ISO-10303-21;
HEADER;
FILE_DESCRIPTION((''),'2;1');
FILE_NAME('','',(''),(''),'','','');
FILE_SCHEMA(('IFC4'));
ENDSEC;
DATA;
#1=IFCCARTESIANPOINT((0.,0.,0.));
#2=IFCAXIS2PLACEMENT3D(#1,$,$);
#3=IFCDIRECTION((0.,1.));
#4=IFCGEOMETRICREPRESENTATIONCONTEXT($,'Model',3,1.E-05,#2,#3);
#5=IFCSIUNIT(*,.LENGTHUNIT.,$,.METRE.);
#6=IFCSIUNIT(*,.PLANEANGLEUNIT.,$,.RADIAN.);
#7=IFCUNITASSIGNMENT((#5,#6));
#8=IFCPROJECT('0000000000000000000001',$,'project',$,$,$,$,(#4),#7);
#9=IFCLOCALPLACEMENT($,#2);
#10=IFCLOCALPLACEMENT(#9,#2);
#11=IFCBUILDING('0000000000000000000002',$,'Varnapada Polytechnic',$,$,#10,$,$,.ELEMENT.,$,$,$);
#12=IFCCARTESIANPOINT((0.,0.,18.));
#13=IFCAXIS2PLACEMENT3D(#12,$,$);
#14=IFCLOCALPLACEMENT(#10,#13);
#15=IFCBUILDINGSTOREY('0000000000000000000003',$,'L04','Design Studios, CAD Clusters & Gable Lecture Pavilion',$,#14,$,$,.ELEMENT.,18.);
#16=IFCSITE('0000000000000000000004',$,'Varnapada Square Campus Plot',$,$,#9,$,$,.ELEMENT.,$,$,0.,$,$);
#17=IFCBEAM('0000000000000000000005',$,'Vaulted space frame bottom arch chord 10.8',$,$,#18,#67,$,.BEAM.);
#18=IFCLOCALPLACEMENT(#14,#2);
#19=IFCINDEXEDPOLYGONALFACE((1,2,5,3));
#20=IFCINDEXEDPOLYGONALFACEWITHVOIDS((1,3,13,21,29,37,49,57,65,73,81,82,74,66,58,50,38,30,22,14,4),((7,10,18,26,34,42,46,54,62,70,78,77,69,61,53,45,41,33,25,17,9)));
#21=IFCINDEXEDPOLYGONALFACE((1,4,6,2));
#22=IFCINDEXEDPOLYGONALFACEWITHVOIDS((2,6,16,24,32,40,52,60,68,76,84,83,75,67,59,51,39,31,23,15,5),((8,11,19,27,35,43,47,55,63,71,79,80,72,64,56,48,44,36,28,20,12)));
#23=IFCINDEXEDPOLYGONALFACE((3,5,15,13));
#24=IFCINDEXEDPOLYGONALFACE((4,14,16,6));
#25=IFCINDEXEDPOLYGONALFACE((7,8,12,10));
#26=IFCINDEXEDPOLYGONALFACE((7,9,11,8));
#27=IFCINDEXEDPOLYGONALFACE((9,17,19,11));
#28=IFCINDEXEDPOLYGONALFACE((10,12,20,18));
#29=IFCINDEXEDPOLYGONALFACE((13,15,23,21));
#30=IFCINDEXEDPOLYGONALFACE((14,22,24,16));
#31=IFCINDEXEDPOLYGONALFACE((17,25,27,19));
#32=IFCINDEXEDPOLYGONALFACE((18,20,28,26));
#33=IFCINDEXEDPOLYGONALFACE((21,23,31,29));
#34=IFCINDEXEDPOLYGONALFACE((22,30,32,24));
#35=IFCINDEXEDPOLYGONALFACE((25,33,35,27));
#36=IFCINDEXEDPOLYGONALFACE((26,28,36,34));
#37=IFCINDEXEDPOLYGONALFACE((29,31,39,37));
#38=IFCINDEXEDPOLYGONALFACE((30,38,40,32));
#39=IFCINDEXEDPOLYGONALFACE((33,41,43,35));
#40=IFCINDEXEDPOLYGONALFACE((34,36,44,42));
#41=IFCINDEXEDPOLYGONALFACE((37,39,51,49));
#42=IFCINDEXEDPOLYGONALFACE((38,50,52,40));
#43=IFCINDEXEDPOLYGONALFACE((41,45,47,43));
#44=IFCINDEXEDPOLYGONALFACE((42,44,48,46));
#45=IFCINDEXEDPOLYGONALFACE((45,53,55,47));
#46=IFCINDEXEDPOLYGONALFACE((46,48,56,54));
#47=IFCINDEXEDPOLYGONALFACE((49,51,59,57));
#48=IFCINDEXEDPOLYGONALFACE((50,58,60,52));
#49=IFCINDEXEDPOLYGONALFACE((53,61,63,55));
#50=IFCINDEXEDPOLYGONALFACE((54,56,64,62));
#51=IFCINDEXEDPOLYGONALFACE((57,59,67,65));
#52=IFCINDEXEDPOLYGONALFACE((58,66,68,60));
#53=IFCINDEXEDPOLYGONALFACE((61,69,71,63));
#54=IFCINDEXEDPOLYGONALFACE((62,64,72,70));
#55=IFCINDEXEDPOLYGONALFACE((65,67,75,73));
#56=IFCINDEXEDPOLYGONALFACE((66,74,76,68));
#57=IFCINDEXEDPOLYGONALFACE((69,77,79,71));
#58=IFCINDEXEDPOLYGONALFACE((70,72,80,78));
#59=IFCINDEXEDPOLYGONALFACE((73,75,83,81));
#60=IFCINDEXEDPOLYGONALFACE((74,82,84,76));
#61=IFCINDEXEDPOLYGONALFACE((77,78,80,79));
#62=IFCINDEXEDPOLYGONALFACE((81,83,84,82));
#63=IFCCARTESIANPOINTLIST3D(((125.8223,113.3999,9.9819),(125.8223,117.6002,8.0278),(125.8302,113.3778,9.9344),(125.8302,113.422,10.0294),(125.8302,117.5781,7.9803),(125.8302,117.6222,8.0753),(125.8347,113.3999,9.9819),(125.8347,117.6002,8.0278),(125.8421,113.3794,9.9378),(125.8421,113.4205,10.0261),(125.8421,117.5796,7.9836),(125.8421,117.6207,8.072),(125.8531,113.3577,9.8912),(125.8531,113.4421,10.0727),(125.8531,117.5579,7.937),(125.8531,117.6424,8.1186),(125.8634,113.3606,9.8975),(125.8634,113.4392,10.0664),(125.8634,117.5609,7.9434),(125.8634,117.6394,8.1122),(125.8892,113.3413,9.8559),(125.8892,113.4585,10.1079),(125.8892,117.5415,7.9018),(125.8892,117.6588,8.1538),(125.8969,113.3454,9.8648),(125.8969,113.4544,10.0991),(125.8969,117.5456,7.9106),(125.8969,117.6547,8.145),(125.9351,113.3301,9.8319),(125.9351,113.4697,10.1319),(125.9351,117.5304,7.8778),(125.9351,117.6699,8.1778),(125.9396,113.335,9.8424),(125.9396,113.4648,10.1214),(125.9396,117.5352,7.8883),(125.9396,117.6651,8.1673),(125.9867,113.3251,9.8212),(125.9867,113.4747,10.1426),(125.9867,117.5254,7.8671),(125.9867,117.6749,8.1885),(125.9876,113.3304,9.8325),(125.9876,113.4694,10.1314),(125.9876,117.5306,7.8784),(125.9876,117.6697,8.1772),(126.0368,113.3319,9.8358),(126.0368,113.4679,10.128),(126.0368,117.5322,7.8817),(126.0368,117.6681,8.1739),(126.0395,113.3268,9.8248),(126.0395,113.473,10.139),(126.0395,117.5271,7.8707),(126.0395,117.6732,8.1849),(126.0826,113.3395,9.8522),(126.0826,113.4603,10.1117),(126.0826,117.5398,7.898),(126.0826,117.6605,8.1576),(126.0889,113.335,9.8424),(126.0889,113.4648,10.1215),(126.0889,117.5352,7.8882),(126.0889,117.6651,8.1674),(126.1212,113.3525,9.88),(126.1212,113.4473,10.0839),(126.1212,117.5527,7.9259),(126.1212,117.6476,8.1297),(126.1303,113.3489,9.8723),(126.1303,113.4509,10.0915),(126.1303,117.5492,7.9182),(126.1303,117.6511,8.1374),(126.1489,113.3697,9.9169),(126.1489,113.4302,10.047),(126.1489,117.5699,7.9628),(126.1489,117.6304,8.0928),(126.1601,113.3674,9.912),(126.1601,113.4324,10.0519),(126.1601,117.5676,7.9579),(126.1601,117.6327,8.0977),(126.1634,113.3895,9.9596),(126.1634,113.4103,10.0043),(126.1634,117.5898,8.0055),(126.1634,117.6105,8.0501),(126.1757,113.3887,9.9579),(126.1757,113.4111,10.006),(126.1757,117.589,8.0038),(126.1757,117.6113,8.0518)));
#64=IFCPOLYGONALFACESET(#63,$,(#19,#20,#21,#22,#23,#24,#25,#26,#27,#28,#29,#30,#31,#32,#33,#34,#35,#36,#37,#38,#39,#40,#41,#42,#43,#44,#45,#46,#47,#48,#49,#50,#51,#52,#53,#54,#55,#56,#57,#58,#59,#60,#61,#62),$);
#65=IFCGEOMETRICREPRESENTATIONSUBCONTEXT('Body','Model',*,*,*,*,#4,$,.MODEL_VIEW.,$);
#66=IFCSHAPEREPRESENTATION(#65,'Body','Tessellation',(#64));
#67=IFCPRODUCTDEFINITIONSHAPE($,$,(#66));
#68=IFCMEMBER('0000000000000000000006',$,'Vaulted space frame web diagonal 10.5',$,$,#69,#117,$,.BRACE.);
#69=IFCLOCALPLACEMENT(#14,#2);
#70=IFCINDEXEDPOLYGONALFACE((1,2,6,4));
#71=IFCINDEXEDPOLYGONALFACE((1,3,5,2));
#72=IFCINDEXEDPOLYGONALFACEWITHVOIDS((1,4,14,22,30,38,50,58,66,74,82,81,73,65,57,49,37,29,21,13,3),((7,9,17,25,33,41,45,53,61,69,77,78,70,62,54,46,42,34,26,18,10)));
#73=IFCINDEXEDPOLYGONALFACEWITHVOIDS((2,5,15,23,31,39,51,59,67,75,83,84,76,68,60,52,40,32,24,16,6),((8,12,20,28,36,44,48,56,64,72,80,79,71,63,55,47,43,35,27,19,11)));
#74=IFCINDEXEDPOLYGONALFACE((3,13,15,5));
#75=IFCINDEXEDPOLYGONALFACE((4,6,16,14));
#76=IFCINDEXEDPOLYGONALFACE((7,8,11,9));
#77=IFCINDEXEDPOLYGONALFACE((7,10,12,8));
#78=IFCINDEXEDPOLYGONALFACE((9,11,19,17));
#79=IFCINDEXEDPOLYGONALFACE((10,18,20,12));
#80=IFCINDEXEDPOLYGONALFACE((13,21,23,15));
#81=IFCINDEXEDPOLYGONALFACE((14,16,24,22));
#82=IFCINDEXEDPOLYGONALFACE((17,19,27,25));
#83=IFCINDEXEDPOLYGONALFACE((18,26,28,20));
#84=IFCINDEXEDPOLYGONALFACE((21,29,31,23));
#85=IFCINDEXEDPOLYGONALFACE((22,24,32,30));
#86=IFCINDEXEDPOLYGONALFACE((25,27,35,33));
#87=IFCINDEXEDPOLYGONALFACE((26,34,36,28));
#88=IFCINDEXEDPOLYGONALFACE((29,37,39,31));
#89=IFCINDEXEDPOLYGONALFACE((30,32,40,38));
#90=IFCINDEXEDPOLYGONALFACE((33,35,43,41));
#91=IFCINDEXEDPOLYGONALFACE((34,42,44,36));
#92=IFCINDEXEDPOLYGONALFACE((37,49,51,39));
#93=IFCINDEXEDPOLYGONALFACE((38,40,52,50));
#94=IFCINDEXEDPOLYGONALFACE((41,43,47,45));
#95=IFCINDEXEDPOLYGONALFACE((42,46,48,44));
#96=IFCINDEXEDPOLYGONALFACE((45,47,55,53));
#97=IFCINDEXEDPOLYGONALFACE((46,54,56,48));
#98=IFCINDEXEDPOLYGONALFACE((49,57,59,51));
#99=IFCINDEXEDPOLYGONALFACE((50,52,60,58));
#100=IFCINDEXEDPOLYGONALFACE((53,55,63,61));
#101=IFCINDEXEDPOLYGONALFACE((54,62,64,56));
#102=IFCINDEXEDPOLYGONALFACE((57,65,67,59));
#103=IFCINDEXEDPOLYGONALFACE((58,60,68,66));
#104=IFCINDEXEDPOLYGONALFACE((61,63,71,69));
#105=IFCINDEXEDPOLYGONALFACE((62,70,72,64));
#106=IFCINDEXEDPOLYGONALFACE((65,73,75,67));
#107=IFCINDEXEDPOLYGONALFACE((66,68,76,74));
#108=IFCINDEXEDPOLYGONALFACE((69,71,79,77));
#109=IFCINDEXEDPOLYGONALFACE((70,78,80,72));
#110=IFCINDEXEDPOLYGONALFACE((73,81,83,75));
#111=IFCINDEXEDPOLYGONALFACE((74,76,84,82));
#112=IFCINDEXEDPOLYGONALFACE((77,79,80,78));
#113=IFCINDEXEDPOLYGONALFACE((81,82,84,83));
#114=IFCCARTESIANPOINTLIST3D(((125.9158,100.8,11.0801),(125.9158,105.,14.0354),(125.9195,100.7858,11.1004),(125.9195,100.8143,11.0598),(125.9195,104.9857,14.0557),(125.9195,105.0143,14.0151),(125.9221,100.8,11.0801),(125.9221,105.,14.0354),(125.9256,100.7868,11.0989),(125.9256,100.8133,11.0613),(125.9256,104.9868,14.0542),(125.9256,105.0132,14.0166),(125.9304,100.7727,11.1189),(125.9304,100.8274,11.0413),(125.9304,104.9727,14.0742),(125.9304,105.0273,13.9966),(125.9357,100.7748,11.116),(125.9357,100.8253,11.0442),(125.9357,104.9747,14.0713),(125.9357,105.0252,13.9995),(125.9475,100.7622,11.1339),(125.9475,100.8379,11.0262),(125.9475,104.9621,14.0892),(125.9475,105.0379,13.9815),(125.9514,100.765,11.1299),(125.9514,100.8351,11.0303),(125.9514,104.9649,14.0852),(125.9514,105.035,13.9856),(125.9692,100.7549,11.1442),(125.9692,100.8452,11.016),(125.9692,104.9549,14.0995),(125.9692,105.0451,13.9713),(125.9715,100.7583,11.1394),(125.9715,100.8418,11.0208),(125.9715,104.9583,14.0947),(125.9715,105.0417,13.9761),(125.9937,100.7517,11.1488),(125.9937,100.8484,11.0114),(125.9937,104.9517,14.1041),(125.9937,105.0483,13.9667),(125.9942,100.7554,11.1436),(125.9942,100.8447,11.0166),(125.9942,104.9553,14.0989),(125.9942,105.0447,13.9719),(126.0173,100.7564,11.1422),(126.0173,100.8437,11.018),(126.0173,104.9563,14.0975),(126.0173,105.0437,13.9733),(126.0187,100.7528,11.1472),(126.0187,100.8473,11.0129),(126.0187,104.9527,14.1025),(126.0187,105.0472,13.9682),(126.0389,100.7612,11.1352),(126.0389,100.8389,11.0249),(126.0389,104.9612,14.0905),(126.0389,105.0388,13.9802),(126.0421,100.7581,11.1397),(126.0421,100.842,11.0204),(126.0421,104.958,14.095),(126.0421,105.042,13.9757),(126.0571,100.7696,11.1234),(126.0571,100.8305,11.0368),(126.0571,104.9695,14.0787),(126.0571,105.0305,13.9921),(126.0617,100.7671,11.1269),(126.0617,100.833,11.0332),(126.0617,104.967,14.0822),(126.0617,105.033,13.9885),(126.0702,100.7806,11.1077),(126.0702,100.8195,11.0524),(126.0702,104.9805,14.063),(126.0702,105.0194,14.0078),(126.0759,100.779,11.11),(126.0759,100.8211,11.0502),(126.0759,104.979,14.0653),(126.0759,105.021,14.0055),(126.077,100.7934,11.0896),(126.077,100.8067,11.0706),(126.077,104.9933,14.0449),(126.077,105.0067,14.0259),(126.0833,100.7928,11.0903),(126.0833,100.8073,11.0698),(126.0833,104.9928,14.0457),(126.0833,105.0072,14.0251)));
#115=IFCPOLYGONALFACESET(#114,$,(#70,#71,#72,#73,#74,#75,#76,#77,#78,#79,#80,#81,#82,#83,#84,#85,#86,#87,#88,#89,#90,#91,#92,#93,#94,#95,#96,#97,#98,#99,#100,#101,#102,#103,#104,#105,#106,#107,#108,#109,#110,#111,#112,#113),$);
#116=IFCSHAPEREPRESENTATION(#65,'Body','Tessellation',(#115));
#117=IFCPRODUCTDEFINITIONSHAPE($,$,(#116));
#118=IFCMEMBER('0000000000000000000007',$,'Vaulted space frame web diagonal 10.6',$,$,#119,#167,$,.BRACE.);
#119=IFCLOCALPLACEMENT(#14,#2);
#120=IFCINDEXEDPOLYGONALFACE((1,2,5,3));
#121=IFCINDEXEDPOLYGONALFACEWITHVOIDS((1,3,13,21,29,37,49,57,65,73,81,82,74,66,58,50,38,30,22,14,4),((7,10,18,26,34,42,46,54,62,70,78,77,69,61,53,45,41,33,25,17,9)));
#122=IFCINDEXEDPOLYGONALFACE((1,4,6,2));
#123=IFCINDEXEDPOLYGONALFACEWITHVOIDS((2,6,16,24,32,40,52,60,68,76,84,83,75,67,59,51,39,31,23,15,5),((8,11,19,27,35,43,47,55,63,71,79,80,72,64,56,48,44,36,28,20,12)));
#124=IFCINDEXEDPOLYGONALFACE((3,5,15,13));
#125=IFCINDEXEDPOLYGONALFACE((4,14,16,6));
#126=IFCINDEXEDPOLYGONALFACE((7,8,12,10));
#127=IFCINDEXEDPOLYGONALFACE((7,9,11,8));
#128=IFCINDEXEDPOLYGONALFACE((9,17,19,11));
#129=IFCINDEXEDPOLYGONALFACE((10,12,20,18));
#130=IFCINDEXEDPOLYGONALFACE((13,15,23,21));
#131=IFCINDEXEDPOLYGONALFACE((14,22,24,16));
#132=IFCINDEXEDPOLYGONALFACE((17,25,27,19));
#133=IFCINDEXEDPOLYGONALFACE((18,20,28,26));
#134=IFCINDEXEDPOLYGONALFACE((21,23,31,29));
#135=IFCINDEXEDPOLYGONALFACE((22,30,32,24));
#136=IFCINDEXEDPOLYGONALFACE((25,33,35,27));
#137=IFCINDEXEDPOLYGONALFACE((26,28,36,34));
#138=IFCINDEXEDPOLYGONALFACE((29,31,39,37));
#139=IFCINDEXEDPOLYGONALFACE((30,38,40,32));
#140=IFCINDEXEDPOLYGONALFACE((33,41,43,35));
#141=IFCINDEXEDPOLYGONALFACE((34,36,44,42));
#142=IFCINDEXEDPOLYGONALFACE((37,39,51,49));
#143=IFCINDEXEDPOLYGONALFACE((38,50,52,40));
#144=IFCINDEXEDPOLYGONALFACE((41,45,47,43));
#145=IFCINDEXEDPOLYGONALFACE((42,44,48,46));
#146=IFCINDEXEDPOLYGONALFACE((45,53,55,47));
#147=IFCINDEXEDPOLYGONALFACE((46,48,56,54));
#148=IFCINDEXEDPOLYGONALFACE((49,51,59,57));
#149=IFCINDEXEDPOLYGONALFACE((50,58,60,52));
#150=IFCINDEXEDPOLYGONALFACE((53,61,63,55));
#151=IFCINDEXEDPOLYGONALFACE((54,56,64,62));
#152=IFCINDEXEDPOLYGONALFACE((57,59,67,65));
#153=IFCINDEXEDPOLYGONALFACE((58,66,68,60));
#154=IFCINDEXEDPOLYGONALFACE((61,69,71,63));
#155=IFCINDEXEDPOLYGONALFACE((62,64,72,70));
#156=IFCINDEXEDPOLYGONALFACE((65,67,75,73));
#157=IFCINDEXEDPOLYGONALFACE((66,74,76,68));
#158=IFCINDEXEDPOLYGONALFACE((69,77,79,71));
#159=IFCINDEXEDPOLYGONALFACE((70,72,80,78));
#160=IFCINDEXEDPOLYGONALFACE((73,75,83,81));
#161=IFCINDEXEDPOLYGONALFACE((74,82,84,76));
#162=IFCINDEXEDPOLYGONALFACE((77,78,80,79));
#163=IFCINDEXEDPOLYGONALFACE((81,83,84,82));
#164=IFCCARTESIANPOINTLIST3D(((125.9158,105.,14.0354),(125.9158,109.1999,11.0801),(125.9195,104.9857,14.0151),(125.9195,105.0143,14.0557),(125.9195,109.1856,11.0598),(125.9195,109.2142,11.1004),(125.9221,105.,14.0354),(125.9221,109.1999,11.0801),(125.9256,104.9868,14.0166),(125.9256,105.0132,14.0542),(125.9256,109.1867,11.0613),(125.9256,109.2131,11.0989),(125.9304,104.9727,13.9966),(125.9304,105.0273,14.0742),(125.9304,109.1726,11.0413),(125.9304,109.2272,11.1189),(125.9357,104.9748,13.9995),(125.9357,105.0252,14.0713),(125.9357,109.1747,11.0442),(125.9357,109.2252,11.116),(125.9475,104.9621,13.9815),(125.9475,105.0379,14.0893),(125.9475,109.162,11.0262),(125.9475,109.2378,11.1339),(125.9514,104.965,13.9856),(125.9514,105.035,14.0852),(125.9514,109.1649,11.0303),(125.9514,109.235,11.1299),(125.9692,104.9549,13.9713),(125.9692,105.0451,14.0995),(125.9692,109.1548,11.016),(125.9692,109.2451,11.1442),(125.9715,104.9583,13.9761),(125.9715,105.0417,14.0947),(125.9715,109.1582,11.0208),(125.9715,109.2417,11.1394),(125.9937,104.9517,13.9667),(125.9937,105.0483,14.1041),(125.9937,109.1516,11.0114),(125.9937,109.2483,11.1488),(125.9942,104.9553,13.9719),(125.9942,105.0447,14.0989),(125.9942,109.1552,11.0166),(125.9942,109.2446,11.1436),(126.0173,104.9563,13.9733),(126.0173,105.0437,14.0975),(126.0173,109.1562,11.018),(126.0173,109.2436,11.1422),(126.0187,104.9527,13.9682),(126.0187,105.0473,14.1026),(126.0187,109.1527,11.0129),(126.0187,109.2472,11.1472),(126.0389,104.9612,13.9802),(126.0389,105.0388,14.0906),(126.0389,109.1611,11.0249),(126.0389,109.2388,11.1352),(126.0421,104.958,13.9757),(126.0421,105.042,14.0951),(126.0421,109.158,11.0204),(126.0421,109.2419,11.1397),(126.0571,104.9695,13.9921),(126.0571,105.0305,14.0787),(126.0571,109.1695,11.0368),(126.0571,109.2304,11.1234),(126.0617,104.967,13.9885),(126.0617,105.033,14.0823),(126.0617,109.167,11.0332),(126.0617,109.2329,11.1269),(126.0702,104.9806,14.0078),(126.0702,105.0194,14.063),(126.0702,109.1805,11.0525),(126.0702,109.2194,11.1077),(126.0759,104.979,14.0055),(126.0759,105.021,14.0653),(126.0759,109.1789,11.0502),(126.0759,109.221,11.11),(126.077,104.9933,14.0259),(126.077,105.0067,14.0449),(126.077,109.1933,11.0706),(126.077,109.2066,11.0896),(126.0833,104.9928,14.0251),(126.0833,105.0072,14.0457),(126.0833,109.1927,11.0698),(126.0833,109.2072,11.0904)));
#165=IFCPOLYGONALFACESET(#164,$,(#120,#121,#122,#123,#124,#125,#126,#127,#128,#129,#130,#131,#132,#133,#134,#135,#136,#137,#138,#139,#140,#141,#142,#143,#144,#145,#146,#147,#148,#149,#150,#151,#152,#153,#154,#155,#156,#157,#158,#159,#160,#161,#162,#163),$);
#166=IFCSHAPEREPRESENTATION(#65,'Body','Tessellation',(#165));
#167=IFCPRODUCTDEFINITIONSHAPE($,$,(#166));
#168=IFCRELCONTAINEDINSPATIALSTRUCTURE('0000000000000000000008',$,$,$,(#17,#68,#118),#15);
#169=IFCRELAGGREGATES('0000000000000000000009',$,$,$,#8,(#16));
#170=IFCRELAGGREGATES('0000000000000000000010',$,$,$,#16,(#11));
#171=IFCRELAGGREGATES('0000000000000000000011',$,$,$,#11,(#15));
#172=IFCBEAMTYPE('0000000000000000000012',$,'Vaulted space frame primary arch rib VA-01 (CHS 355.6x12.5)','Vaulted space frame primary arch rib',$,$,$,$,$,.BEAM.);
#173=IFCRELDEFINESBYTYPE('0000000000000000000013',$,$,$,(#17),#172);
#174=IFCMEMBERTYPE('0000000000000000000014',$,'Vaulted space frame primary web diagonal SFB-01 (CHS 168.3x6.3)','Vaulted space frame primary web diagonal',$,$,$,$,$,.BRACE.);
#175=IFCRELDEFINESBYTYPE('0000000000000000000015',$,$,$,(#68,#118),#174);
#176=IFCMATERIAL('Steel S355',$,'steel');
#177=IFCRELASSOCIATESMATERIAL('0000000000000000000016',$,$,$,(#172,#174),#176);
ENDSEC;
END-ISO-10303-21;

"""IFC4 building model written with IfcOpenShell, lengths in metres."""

from ifc_helpers import new_model, si_unit, direction, frame, origin, origin_2d, place, context, subcontext, project, spatial, hollow_circle, extrude, material, material_profile, profile_set, type_object, element, save


model = new_model("IFC4")

# Units and contexts
model_context = context("Model", 3, precision=1e-05, world=origin(), true_north=direction((0.0, 1.0)))
body_context = subcontext(model_context, "Body", "Model", "MODEL_VIEW")
ifc_project = project(units=[si_unit("LENGTHUNIT", "METRE"), si_unit("PLANEANGLEUNIT", "RADIAN")], contexts=[model_context])

# Site, building, storey
site_placement = place(None, origin())
site = spatial("IfcSite", under=ifc_project, at=site_placement, Name="Varnapada Square Campus Plot", CompositionType="ELEMENT", RefElevation=0.0)
building_placement = place(site_placement, origin())
building = spatial("IfcBuilding", under=site, at=building_placement, Name="Varnapada Polytechnic", CompositionType="ELEMENT")
storey_placement = place(building_placement, frame((0.0, 0.0, 18.0)))
storey = spatial("IfcBuildingStorey", under=building, at=storey_placement, Name="L04", Description="Design Studios, CAD Clusters & Gable Lecture Pavilion", CompositionType="ELEMENT", Elevation=18.0)

# Shared definitions
ifc_material = material(Name="Steel S355", Category="steel")

# Beam
ifc_material_profile_1 = material_profile(ifc_material, hollow_circle(Radius=0.1777, WallThickness=0.0125, at=origin_2d()), Name="CHS 355.6x12.5")
ifc_profile_set_1 = profile_set([ifc_material_profile_1], Name="Steel S355")
beam_type_1 = type_object("IfcBeamType", Name="Vaulted space frame primary arch rib VA-01 (CHS 355.6x12.5)", Description="Vaulted space frame primary arch rib", PredefinedType="BEAM", material=ifc_profile_set_1)
beam_1_placement = place(storey_placement, frame((126.0, 113.3999, 9.9819), z_axis=(0.0, 0.906678, -0.421823), x_axis=(-1.0, 0.0, 0.0)))
element("IfcBeam", 1, at=beam_1_placement, inside=storey, type_object=beam_type_1, Name="Vaulted space frame bottom arch chord 10.8", PredefinedType="BEAM", context=body_context, shape_type="SweptSolid", body=[
    extrude(hollow_circle(Radius=0.1777, WallThickness=0.0125, at=origin_2d()), origin(), (0.0, 0.0, 1.0), 4.6326),
])

# Members
ifc_material_profile_2 = material_profile(ifc_material, hollow_circle(Radius=0.0842, WallThickness=0.0063, at=origin_2d()), Name="CHS 168.3x6.3")
ifc_profile_set_2 = profile_set([ifc_material_profile_2], Name="Steel S355")
member_type_1 = type_object("IfcMemberType", Name="Vaulted space frame primary web diagonal SFB-01 (CHS 168.3x6.3)", Description="Vaulted space frame primary web diagonal", PredefinedType="BRACE", material=ifc_profile_set_2)
for number, where, z_axis, x_axis, name in (
    (2, (126.0, 100.8, 11.0801), (0.0, 0.817825, 0.575467), (-1.0, 0.0, 0.0), "Vaulted space frame web diagonal 10.5"),
    (3, (126.0, 105.0, 14.0354), (0.0, 0.817825, -0.575467), (-1.0, 0.0, 0.0), "Vaulted space frame web diagonal 10.6"),
):
    element("IfcMember", number, at=place(storey_placement, frame(where, z_axis=z_axis, x_axis=x_axis)), inside=storey, type_object=member_type_1, Name=name, PredefinedType="BRACE", context=body_context, shape_type="SweptSolid", body=[
        extrude(hollow_circle(Radius=0.0842, WallThickness=0.0063, at=origin_2d()), origin(), (0.0, 0.0, 1.0), 5.1355),
    ])

save(model, "model.ifc")
